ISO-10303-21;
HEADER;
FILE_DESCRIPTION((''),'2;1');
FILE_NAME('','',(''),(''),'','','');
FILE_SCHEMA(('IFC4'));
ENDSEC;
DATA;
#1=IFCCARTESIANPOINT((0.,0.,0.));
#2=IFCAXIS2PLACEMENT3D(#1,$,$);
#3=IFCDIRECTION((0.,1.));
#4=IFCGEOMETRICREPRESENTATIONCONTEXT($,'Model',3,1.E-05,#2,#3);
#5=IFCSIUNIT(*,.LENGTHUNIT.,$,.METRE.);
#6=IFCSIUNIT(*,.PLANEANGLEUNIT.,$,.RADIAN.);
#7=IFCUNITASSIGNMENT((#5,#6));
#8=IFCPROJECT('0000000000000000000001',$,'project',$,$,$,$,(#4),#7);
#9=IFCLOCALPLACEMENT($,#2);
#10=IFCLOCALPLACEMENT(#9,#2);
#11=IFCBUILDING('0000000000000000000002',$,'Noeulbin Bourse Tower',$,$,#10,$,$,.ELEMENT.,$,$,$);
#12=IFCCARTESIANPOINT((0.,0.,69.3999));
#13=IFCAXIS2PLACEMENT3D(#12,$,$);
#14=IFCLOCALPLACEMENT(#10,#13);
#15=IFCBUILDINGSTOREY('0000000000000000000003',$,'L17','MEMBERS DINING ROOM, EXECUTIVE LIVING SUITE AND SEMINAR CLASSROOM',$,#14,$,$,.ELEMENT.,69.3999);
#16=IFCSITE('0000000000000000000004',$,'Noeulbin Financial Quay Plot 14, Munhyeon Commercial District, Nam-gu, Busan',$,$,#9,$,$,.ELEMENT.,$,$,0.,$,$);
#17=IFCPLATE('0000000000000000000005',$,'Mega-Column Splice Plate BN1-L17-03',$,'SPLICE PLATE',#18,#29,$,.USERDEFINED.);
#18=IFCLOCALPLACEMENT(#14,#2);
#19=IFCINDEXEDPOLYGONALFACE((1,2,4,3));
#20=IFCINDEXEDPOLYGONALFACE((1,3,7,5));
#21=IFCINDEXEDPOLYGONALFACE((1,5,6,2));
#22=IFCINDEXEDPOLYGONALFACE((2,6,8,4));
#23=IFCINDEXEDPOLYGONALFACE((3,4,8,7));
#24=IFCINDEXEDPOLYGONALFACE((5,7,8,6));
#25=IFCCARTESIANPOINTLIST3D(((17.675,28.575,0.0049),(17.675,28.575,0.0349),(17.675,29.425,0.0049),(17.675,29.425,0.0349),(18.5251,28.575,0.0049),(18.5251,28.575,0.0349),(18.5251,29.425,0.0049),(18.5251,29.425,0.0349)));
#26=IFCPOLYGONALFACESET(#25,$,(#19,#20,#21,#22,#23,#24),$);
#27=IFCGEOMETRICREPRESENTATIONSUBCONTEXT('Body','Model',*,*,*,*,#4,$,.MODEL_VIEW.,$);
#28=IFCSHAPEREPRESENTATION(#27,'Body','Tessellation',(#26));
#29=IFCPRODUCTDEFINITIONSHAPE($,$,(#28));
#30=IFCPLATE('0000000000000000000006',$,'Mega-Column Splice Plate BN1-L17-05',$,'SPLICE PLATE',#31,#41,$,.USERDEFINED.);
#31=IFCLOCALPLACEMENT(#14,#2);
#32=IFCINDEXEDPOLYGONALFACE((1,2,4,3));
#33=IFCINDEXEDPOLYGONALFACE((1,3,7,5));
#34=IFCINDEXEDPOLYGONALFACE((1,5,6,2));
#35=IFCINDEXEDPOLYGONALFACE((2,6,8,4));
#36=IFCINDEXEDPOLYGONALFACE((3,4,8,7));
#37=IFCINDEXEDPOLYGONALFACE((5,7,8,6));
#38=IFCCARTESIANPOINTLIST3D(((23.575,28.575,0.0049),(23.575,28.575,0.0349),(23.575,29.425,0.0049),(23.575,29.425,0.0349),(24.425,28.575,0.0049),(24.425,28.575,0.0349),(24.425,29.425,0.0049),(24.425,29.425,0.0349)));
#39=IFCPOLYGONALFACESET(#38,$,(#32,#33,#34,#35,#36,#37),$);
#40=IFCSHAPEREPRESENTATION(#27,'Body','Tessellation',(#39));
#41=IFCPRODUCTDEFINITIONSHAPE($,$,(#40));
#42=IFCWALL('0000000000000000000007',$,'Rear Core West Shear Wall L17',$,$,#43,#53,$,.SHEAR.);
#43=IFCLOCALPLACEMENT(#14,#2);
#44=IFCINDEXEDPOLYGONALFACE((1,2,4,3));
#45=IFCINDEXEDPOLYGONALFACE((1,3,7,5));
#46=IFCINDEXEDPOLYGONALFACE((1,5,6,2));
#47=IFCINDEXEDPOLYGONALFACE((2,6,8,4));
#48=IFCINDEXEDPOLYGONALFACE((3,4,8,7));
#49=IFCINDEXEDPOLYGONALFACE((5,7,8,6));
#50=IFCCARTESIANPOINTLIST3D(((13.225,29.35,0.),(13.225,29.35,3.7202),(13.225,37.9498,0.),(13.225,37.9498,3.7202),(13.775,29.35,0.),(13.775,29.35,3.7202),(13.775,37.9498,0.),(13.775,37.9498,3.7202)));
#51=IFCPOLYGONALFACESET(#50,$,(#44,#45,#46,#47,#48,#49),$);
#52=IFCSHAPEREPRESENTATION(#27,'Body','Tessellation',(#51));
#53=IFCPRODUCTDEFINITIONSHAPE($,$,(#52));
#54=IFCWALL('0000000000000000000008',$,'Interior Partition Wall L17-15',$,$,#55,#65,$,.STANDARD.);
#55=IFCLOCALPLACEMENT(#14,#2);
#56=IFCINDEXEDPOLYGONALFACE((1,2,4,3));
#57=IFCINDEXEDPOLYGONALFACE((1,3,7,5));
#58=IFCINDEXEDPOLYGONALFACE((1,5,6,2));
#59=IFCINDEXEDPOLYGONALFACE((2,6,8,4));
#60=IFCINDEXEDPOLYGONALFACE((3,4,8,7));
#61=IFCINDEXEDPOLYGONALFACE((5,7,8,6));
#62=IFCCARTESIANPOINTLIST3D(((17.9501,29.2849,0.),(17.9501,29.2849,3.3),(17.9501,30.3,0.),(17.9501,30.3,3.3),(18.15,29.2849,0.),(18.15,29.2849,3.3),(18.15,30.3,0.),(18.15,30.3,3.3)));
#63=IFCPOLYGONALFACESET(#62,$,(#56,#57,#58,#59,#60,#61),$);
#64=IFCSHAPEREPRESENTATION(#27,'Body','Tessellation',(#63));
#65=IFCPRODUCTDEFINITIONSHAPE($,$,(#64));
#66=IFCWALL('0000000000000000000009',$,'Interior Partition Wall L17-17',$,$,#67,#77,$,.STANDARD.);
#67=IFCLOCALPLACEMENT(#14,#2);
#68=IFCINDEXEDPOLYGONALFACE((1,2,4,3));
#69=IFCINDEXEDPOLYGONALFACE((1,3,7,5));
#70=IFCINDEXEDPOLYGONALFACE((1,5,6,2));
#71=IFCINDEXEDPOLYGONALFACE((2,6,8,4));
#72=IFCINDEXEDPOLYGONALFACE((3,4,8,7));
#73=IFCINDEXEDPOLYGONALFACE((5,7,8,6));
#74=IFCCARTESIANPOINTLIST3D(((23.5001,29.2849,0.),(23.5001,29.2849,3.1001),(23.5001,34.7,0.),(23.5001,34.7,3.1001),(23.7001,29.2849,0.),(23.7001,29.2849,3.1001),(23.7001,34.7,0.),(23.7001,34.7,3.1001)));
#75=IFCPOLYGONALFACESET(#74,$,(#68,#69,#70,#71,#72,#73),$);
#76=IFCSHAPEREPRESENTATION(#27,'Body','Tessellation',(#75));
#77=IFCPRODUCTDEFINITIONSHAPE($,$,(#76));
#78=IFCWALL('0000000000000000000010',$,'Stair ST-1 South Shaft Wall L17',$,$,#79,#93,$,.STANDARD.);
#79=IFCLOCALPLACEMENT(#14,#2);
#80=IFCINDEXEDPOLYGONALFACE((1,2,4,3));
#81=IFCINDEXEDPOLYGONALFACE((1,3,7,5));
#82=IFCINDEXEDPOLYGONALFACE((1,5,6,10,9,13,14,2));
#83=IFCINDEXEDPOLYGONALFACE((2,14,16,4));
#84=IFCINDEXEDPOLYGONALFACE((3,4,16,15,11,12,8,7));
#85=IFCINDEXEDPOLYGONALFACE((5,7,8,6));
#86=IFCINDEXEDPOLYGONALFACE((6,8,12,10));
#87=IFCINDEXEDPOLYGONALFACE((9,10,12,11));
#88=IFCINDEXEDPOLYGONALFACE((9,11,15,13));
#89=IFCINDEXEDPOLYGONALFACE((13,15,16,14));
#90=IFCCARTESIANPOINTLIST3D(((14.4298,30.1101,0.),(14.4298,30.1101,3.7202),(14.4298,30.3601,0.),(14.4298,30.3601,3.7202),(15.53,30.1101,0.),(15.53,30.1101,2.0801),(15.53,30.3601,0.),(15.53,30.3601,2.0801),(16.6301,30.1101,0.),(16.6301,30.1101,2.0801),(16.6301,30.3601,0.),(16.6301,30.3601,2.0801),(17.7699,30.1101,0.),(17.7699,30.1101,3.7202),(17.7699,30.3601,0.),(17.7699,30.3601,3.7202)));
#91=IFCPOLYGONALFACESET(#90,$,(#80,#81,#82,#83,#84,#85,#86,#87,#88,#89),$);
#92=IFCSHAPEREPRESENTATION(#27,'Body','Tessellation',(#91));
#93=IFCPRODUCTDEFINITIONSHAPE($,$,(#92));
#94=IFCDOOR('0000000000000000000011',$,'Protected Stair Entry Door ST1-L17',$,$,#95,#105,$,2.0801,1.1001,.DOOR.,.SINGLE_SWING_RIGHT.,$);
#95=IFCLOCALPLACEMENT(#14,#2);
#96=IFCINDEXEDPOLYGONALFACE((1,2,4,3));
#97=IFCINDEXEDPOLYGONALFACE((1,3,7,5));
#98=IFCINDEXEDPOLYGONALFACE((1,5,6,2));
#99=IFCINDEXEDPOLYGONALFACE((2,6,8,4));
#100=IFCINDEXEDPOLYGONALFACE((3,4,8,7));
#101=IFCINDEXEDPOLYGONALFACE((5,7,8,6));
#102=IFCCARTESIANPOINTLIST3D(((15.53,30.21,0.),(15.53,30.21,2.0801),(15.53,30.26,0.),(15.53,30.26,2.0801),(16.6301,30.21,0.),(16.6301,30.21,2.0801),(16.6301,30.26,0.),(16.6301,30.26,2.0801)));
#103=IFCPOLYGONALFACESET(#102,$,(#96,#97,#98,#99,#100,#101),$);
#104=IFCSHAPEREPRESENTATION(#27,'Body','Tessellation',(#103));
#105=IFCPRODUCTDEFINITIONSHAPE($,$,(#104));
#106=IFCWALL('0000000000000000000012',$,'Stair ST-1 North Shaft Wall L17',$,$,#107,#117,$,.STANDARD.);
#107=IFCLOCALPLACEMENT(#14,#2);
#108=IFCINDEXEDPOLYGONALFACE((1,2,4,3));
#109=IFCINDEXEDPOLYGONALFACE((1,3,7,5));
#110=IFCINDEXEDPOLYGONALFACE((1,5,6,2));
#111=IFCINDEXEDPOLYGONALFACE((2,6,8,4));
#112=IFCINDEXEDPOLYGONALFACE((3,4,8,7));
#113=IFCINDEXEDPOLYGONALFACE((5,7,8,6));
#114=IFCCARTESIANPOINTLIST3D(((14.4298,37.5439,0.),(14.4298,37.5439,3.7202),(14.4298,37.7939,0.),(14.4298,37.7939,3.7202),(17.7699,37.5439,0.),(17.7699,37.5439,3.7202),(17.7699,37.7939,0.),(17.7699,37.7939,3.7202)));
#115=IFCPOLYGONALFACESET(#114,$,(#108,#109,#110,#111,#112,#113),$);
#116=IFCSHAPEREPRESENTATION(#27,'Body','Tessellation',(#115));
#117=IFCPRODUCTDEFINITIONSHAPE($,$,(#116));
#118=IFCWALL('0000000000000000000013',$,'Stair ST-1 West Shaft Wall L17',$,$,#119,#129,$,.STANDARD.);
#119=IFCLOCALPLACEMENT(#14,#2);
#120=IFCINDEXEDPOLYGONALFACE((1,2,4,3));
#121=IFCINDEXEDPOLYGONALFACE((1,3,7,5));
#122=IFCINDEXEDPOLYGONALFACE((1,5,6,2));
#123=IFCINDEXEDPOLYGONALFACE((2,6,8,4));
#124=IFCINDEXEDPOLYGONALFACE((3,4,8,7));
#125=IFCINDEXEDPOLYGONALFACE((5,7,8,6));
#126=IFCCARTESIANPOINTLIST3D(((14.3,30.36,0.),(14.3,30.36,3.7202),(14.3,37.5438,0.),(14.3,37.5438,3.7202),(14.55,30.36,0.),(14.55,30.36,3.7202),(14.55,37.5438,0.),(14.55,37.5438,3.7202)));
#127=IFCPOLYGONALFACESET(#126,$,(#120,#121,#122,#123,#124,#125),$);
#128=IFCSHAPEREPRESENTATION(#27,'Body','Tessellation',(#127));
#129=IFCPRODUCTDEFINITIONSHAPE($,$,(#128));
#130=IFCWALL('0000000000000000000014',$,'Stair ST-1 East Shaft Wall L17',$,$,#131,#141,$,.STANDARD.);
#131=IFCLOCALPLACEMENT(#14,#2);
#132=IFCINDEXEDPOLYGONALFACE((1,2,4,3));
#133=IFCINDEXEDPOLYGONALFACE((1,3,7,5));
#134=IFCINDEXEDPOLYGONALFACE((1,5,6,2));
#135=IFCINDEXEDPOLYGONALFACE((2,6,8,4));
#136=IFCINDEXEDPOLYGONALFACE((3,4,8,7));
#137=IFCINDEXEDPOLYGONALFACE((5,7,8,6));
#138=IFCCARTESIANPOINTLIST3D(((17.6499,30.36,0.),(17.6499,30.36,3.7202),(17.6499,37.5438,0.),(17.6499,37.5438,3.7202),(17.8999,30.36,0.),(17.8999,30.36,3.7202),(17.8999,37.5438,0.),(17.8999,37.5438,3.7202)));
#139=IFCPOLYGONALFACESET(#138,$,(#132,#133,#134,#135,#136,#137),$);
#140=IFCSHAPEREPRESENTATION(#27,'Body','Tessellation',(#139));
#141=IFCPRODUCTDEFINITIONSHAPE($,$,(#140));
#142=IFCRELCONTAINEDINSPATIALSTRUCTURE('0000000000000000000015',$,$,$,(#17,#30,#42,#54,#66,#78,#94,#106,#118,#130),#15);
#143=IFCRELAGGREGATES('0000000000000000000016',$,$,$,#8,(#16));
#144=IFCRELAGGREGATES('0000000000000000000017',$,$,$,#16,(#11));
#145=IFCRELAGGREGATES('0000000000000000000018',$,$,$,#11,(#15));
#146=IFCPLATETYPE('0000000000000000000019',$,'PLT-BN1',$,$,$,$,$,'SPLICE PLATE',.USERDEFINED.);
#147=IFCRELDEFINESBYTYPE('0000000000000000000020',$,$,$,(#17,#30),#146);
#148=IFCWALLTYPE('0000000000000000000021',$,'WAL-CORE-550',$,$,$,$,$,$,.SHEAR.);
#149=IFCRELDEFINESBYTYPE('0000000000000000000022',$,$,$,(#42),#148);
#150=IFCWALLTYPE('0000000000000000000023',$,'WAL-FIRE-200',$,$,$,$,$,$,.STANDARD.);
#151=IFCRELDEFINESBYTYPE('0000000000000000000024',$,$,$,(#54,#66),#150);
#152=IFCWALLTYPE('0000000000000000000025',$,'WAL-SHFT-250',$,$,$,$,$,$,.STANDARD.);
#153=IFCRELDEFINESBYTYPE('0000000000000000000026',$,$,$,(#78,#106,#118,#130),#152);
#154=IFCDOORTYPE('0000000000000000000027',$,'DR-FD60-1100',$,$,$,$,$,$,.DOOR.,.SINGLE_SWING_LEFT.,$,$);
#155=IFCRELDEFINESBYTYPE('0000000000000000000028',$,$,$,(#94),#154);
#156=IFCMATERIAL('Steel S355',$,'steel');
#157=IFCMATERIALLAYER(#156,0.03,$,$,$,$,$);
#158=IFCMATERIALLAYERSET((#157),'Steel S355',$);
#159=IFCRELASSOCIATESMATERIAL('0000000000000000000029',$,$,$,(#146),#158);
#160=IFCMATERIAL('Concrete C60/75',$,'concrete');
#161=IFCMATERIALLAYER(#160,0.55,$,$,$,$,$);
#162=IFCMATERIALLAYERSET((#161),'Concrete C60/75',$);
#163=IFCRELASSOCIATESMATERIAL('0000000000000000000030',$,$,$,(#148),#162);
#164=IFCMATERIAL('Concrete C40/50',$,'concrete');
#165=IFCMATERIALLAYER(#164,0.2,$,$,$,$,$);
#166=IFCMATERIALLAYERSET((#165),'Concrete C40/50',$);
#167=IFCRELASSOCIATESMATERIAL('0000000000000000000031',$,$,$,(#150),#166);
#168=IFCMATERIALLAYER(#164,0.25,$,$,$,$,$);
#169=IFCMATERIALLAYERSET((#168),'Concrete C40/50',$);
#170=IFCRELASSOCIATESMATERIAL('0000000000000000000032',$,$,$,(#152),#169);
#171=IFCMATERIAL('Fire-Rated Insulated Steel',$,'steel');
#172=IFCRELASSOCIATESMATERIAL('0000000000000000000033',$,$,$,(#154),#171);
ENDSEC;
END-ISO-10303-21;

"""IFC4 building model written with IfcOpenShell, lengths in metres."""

from ifc_helpers import new_model, si_unit, direction, frame, frame_2d, origin, origin_2d, place, context, subcontext, project, spatial, rectangle, extrude, material, layer, layer_set, type_object, element, fill, save


model = new_model("IFC4")

# Units and contexts
model_context = context("Model", 3, precision=1e-05, world=origin(), true_north=direction((0.0, 1.0)))
body_context = subcontext(model_context, "Body", "Model", "MODEL_VIEW")
ifc_project = project(units=[si_unit("LENGTHUNIT", "METRE"), si_unit("PLANEANGLEUNIT", "RADIAN")], contexts=[model_context])

# Site, building, storey
site_placement = place(None, origin())
site = spatial("IfcSite", under=ifc_project, at=site_placement, Name="Noeulbin Financial Quay Plot 14, Munhyeon Commercial District, Nam-gu, Busan", CompositionType="ELEMENT", RefElevation=0.0)
building_placement = place(site_placement, origin())
building = spatial("IfcBuilding", under=site, at=building_placement, Name="Noeulbin Bourse Tower", CompositionType="ELEMENT")
storey_placement = place(building_placement, frame((0.0, 0.0, 69.3999)))
storey = spatial("IfcBuildingStorey", under=building, at=storey_placement, Name="L17", Description="MEMBERS DINING ROOM, EXECUTIVE LIVING SUITE AND SEMINAR CLASSROOM", CompositionType="ELEMENT", Elevation=69.3999)

# Shared definitions
ifc_material_1 = material(Name="Steel S355", Category="steel")

# Plates
ifc_layer_1 = layer(ifc_material_1, 0.03)
ifc_layer_set_1 = layer_set([ifc_layer_1], Name="Steel S355")
plate_type = type_object("IfcPlateType", Name="PLT-BN1", ElementType="SPLICE PLATE", PredefinedType="USERDEFINED", material=ifc_layer_set_1)
for number, where, z_axis, x_axis, name in (
    (1, (18.1001, 29.0, 0.0049), (0.0, 0.0, 1.0), (1.0, 0.0, 0.0), "Mega-Column Splice Plate BN1-L17-03"),
    (2, (24.0, 29.0, 0.0049), (0.0, 0.0, 1.0), (1.0, 0.0, 0.0), "Mega-Column Splice Plate BN1-L17-05"),
):
    element("IfcPlate", number, at=place(storey_placement, frame(where, z_axis=z_axis, x_axis=x_axis)), inside=storey, type_object=plate_type, Name=name, ObjectType="SPLICE PLATE", PredefinedType="USERDEFINED", context=body_context, shape_type="SweptSolid", body=[
        extrude(rectangle(XDim=0.8501, YDim=0.8501, at=origin_2d()), origin(), (0.0, 0.0, 1.0), 0.03),
    ])

# Walls
ifc_material_2 = material(Name="Concrete C60/75", Category="concrete")
ifc_layer_2 = layer(ifc_material_2, 0.55)
ifc_layer_set_2 = layer_set([ifc_layer_2], Name="Concrete C60/75")
wall_type_1 = type_object("IfcWallType", Name="WAL-CORE-550", PredefinedType="SHEAR", material=ifc_layer_set_2)
wall_1_placement = place(storey_placement, frame((13.5, 29.3501, 0.0), z_axis=(0.0, 0.0, 1.0), x_axis=(0.0, 1.0, 0.0)))
element("IfcWall", 3, at=wall_1_placement, inside=storey, type_object=wall_type_1, Name="Rear Core West Shear Wall L17", PredefinedType="SHEAR", context=body_context, shape_type="SweptSolid", body=[
    extrude(rectangle(XDim=8.5999, YDim=0.55, at=frame_2d((4.2998, 0.0))), origin(), (0.0, 0.0, 1.0), 3.7202),
])
ifc_material_3 = material(Name="Concrete C40/50", Category="concrete")
ifc_layer_3 = layer(ifc_material_3, 0.2)
ifc_layer_set_3 = layer_set([ifc_layer_3], Name="Concrete C40/50")
wall_type_2 = type_object("IfcWallType", Name="WAL-FIRE-200", PredefinedType="STANDARD", material=ifc_layer_set_3)
wall_2_placement = place(storey_placement, frame((18.05, 29.2849, 0.0), z_axis=(0.0, 0.0, 1.0), x_axis=(0.0, 1.0, 0.0)))
element("IfcWall", 4, at=wall_2_placement, inside=storey, type_object=wall_type_2, Name="Interior Partition Wall L17-15", PredefinedType="STANDARD", context=body_context, shape_type="SweptSolid", body=[
    extrude(rectangle(XDim=1.0151, YDim=0.2, at=frame_2d((0.5076, 0.0))), origin(), (0.0, 0.0, 1.0), 3.3),
])
wall_3_placement = place(storey_placement, frame((23.6001, 29.2849, 0.0), z_axis=(0.0, 0.0, 1.0), x_axis=(0.0, 1.0, 0.0)))
element("IfcWall", 5, at=wall_3_placement, inside=storey, type_object=wall_type_2, Name="Interior Partition Wall L17-17", PredefinedType="STANDARD", context=body_context, shape_type="SweptSolid", body=[
    extrude(rectangle(XDim=5.415, YDim=0.2, at=frame_2d((2.7075, 0.0))), origin(), (0.0, 0.0, 1.0), 3.1001),
])

# Wall, opening, door
ifc_layer_4 = layer(ifc_material_3, 0.25)
ifc_layer_set_4 = layer_set([ifc_layer_4], Name="Concrete C40/50")
wall_type_3 = type_object("IfcWallType", Name="WAL-SHFT-250", PredefinedType="STANDARD", material=ifc_layer_set_4)
wall_4_placement = place(storey_placement, frame((14.4299, 30.2351, 0.0), z_axis=(0.0, 0.0, 1.0), x_axis=(1.0, 0.0, 0.0)))
wall_4 = element("IfcWall", 6, at=wall_4_placement, inside=storey, type_object=wall_type_3, Name="Stair ST-1 South Shaft Wall L17", PredefinedType="STANDARD", context=body_context, shape_type="SweptSolid", body=[
    extrude(rectangle(XDim=3.3401, YDim=0.25, at=frame_2d((1.6699, 0.0))), origin(), (0.0, 0.0, 1.0), 3.7202),
])
opening_1_placement = place(wall_4_placement, frame((1.1001, 0.0, 0.0)))
opening_1 = element("IfcOpeningElement", 7, at=opening_1_placement, cuts=wall_4, PredefinedType="OPENING", context=body_context, shape_type="SweptSolid", body=[
    extrude(rectangle(XDim=1.1001, YDim=2.0801, at=frame_2d((0.55, 1.04))), frame((0.0, 0.135, 0.0), z_axis=(0.0, -1.0, 0.0), x_axis=(1.0, 0.0, 0.0)), (0.0, 0.0, 1.0), 0.27),
])
ifc_material_4 = material(Name="Fire-Rated Insulated Steel", Category="steel")
door_type_1 = type_object("IfcDoorType", Name="DR-FD60-1100", OperationType="SINGLE_SWING_LEFT", PredefinedType="DOOR", material=ifc_material_4)
door_1_placement = place(opening_1_placement, origin())
door_1 = element("IfcDoor", 8, at=door_1_placement, inside=storey, type_object=door_type_1, Name="Protected Stair Entry Door ST1-L17", OperationType="SINGLE_SWING_RIGHT", OverallHeight=2.0801, OverallWidth=1.1001, PredefinedType="DOOR", context=body_context, shape_type="SweptSolid", body=[
    extrude(rectangle(XDim=1.1001, YDim=2.0801, at=frame_2d((0.55, 1.04))), frame((0.0, 0.0249, 0.0), z_axis=(0.0, -1.0, 0.0), x_axis=(1.0, 0.0, 0.0)), (0.0, 0.0, 1.0), 0.05),
])
fill(opening_1, door_1)

# Walls
wall_5_placement = place(storey_placement, frame((14.4299, 37.6689, 0.0), z_axis=(0.0, 0.0, 1.0), x_axis=(1.0, 0.0, 0.0)))
element("IfcWall", 9, at=wall_5_placement, inside=storey, type_object=wall_type_3, Name="Stair ST-1 North Shaft Wall L17", PredefinedType="STANDARD", context=body_context, shape_type="SweptSolid", body=[
    extrude(rectangle(XDim=3.3401, YDim=0.25, at=frame_2d((1.6699, 0.0))), origin(), (0.0, 0.0, 1.0), 3.7202),
])
for number, where, z_axis, x_axis, name in (
    (10, (14.425, 30.3601, 0.0), (0.0, 0.0, 1.0), (0.0, 1.0, 0.0), "Stair ST-1 West Shaft Wall L17"),
    (11, (17.7749, 30.3601, 0.0), (0.0, 0.0, 1.0), (0.0, 1.0, 0.0), "Stair ST-1 East Shaft Wall L17"),
):
    element("IfcWall", number, at=place(storey_placement, frame(where, z_axis=z_axis, x_axis=x_axis)), inside=storey, type_object=wall_type_3, Name=name, PredefinedType="STANDARD", context=body_context, shape_type="SweptSolid", body=[
        extrude(rectangle(XDim=7.1838, YDim=0.25, at=frame_2d((3.5918, 0.0))), origin(), (0.0, 0.0, 1.0), 3.7202),
    ])

save(model, "model.ifc")
